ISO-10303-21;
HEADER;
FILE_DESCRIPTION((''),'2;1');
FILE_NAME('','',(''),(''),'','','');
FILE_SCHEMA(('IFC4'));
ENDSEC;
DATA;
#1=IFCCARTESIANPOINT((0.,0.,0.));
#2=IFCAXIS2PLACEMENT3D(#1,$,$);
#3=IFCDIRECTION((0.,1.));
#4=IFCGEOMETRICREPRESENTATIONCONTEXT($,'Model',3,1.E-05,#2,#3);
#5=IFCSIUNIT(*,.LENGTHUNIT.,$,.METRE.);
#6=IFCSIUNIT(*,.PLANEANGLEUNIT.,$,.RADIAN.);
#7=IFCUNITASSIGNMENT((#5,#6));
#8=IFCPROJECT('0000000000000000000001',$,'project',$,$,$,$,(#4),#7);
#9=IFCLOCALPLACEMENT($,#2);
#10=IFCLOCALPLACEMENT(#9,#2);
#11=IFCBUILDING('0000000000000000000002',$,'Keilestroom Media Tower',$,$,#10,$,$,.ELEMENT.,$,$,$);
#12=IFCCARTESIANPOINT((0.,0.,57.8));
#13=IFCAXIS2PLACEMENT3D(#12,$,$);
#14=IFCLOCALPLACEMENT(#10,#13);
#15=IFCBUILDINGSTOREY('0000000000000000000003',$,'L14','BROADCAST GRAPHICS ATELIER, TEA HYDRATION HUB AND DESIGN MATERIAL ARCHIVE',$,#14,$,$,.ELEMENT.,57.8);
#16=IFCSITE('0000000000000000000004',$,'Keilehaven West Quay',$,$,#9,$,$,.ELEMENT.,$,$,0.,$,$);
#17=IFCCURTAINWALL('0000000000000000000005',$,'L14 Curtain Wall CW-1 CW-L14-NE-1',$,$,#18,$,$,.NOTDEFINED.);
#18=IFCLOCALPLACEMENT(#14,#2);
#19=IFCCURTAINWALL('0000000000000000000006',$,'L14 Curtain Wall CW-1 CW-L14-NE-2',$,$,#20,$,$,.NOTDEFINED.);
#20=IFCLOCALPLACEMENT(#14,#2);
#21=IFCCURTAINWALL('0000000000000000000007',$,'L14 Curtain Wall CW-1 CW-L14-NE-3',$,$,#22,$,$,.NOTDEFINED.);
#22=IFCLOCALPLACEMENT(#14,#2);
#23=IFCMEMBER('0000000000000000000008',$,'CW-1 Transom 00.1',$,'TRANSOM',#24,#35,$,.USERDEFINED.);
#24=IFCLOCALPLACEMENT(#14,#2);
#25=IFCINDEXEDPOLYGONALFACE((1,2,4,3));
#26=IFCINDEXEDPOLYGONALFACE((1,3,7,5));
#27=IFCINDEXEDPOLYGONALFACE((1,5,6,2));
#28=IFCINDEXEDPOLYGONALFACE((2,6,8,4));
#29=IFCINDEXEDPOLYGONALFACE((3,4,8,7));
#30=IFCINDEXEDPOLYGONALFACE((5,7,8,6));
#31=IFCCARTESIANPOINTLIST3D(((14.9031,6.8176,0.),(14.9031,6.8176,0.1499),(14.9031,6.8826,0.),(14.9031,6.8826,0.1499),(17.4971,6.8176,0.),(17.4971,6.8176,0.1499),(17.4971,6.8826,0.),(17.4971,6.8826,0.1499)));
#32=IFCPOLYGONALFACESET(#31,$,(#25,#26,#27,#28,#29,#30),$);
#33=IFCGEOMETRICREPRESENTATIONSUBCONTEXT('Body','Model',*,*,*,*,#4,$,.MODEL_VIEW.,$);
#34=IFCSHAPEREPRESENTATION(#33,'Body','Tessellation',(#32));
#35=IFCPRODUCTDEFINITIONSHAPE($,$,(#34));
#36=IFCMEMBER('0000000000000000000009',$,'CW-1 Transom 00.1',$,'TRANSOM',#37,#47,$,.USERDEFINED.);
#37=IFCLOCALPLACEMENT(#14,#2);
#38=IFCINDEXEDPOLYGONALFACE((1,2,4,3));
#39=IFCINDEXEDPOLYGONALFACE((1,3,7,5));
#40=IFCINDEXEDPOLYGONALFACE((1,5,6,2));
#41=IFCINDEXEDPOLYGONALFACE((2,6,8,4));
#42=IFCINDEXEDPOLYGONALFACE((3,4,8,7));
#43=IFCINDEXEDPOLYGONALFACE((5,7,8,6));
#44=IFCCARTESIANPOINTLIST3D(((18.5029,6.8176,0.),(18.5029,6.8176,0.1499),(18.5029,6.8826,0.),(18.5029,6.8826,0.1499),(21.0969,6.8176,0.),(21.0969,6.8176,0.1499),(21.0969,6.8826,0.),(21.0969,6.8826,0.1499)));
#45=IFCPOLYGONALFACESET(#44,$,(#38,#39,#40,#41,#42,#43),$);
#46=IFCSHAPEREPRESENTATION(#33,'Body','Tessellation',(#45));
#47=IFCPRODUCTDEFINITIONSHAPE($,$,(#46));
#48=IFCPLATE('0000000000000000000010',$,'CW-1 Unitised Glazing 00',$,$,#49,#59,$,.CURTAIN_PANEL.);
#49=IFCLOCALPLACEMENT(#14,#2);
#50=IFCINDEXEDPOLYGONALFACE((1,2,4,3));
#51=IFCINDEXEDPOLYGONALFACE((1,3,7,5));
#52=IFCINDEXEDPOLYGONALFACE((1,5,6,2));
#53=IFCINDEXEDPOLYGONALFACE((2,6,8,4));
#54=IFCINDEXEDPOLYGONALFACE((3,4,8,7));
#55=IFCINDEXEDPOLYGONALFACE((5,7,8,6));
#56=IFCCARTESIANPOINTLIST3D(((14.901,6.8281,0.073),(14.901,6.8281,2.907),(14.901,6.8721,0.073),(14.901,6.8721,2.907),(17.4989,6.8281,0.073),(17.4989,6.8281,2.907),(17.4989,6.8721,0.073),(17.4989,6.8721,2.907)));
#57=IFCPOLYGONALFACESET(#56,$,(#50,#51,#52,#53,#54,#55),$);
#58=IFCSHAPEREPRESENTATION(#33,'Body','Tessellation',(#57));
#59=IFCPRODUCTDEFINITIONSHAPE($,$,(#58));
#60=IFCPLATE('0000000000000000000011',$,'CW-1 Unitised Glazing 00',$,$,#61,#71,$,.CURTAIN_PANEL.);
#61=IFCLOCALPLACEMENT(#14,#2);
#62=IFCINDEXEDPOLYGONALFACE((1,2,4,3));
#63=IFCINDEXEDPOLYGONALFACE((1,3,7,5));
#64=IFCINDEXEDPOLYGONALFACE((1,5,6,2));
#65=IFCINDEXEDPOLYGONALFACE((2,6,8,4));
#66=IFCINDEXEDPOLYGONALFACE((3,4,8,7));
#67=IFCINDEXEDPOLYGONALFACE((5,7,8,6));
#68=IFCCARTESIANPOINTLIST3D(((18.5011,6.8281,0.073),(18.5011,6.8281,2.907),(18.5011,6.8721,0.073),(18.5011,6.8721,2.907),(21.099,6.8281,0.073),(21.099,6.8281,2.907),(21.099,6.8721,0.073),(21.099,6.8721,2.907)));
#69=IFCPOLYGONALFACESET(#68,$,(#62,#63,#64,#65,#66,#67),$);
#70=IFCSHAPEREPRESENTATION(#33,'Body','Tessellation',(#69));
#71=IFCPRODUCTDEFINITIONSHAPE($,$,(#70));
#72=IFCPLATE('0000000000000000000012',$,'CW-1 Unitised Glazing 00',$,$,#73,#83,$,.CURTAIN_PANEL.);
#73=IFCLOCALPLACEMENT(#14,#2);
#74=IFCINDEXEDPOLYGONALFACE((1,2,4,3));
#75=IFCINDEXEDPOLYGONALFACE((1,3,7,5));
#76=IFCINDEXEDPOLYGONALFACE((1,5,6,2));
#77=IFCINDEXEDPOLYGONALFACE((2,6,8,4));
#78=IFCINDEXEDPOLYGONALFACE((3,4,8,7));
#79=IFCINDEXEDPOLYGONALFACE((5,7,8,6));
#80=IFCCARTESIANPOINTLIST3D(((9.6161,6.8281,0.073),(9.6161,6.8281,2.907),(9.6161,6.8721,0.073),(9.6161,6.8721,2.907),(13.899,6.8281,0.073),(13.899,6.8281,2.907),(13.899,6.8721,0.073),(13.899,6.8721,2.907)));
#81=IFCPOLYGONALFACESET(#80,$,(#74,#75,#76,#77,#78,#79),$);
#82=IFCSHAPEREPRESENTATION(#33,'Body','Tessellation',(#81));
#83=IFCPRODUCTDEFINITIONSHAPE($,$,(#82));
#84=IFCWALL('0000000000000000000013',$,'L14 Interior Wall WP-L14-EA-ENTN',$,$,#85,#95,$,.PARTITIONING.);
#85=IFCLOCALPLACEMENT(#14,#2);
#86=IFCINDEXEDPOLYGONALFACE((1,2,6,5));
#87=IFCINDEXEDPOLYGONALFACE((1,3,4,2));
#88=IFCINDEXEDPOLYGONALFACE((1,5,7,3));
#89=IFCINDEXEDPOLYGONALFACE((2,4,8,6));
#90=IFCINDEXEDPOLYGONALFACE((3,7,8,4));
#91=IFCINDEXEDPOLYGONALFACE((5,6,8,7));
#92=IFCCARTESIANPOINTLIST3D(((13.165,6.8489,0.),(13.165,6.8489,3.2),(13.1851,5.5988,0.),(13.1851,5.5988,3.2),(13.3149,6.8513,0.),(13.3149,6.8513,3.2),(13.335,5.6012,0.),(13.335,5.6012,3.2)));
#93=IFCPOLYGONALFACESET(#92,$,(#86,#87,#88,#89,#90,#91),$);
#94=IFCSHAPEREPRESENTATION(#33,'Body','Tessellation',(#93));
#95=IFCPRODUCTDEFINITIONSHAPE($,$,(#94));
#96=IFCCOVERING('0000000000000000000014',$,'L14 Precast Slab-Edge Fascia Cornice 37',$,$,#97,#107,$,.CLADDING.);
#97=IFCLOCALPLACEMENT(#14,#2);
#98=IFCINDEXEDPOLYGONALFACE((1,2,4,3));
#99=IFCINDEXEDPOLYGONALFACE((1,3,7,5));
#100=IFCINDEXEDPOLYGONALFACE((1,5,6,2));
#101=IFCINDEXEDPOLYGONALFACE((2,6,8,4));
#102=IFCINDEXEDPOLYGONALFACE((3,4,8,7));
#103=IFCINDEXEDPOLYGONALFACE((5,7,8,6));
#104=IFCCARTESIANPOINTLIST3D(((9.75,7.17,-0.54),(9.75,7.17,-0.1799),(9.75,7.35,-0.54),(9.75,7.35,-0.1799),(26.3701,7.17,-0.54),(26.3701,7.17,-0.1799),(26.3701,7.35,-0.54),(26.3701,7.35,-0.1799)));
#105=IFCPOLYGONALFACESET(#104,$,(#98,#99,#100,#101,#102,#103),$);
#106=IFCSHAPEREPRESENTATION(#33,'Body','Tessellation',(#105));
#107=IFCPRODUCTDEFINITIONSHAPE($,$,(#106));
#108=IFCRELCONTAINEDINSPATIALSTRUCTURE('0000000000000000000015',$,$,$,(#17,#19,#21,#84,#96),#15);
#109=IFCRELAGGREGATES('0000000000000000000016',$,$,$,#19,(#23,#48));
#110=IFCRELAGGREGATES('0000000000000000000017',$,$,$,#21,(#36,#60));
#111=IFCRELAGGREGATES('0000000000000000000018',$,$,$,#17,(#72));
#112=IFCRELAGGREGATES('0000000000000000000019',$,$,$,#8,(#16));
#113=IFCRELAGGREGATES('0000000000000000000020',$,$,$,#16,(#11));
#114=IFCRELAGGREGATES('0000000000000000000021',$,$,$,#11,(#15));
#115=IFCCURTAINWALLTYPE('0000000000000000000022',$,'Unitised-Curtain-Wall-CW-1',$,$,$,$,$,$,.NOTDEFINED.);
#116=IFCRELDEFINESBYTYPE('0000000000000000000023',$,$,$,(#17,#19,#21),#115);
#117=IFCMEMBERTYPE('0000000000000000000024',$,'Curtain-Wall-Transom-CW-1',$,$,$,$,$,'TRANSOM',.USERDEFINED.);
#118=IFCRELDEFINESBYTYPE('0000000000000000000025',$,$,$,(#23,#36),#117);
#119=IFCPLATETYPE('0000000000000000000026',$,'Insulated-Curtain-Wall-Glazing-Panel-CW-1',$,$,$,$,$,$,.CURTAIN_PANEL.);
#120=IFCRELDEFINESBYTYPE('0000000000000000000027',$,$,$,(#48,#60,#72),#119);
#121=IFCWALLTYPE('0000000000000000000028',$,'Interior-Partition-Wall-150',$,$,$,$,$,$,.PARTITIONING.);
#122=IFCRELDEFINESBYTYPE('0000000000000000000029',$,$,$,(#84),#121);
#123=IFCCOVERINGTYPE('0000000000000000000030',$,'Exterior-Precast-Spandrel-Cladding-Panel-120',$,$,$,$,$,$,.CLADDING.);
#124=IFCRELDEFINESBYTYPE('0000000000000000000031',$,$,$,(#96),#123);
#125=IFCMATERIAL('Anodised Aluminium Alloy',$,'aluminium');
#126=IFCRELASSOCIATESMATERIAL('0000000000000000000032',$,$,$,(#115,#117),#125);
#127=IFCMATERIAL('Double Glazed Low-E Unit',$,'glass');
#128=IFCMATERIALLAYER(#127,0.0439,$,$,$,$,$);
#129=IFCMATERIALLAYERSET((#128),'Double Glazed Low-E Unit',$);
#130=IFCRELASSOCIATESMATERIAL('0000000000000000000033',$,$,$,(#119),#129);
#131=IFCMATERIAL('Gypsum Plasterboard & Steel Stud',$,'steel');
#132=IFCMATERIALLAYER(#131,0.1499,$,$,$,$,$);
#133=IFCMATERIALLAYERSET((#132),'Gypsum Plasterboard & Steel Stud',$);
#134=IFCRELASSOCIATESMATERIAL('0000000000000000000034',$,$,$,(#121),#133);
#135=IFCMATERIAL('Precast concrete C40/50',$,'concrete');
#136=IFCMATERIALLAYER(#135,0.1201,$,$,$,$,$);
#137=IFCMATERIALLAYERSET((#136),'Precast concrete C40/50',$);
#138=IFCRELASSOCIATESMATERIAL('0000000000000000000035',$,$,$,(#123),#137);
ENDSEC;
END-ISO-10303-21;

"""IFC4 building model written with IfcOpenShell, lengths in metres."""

from ifc_helpers import new_model, si_unit, direction, frame, frame_2d, origin, origin_2d, place, context, subcontext, project, spatial, rectangle, extrude, source, transform, mapped, material, layer, layer_set, material_profile, profile_set, type_object, element, aggregate, save


model = new_model("IFC4")

# Units and contexts
model_context = context("Model", 3, precision=1e-05, world=origin(), true_north=direction((0.0, 1.0)))
body_context = subcontext(model_context, "Body", "Model", "MODEL_VIEW")
ifc_project = project(units=[si_unit("LENGTHUNIT", "METRE"), si_unit("PLANEANGLEUNIT", "RADIAN")], contexts=[model_context])

# Site, building, storey
site_placement = place(None, origin())
site = spatial("IfcSite", under=ifc_project, at=site_placement, Name="Keilehaven West Quay", CompositionType="ELEMENT", RefElevation=0.0)
building_placement = place(site_placement, origin())
building = spatial("IfcBuilding", under=site, at=building_placement, Name="Keilestroom Media Tower", CompositionType="ELEMENT")
storey_placement = place(building_placement, frame((0.0, 0.0, 57.8)))
storey = spatial("IfcBuildingStorey", under=building, at=storey_placement, Name="L14", Description="BROADCAST GRAPHICS ATELIER, TEA HYDRATION HUB AND DESIGN MATERIAL ARCHIVE", CompositionType="ELEMENT", Elevation=57.8)

# Shared definitions
ifc_material_1 = material(Name="Precast concrete C40/50", Category="concrete")

# Curtain wall
ifc_material_2 = material(Name="Anodised Aluminium Alloy", Category="aluminium")
curtain_wall_type = type_object("IfcCurtainWallType", Name="Unitised-Curtain-Wall-CW-1", PredefinedType="NOTDEFINED", material=ifc_material_2)
curtain_wall_1_placement = place(storey_placement, origin())
curtain_wall_1 = element("IfcCurtainWall", 1, at=curtain_wall_1_placement, inside=storey, type_object=curtain_wall_type, Name="L14 Curtain Wall CW-1 CW-L14-NE-1", PredefinedType="NOTDEFINED")

# Curtain walls
curtain_wall_2_placement = place(storey_placement, origin())
curtain_wall_2 = element("IfcCurtainWall", 2, at=curtain_wall_2_placement, inside=storey, type_object=curtain_wall_type, Name="L14 Curtain Wall CW-1 CW-L14-NE-2", PredefinedType="NOTDEFINED")
curtain_wall_3_placement = place(storey_placement, origin())
curtain_wall_3 = element("IfcCurtainWall", 3, at=curtain_wall_3_placement, inside=storey, type_object=curtain_wall_type, Name="L14 Curtain Wall CW-1 CW-L14-NE-3", PredefinedType="NOTDEFINED")

# Members
ifc_material_profile_1 = material_profile(ifc_material_2, rectangle(XDim=0.0649, YDim=0.1499, at=origin_2d()), Name="ALU TRANSOM 65x150")
ifc_profile_set_1 = profile_set([ifc_material_profile_1], Name="Anodised Aluminium Alloy")
member_type_1 = type_object("IfcMemberType", Name="Curtain-Wall-Transom-CW-1", ElementType="TRANSOM", PredefinedType="USERDEFINED", material=ifc_profile_set_1)
shared_shape_1 = source(origin(), body_context, "Body", "SweptSolid", [
    extrude(rectangle(XDim=0.0649, YDim=0.1499, at=origin_2d()), origin(), (0.0, 0.0, 1.0), 2.594),
])
member_1_placement = place(storey_placement, frame((14.9031, 6.8501, 0.075), z_axis=(1.0, 0.0, 0.0), x_axis=(0.0, 1.0, 0.0)))
member_1 = element("IfcMember", 4, at=member_1_placement, type_object=member_type_1, Name="CW-1 Transom 00.1", ObjectType="TRANSOM", PredefinedType="USERDEFINED", context=body_context, shape_type="MappedRepresentation", body=[
    mapped(shared_shape_1, transform((0.0, 0.0, 0.0), x_axis=(1.0, 0.0, 0.0), y_axis=(0.0, 1.0, 0.0), z_axis=(0.0, 0.0, 1.0), scale=1.0)),
])
member_2_placement = place(storey_placement, frame((18.5029, 6.8501, 0.075), z_axis=(1.0, 0.0, 0.0), x_axis=(0.0, 1.0, 0.0)))
member_2 = element("IfcMember", 5, at=member_2_placement, type_object=member_type_1, Name="CW-1 Transom 00.1", ObjectType="TRANSOM", PredefinedType="USERDEFINED", context=body_context, shape_type="MappedRepresentation", body=[
    mapped(shared_shape_1, transform((0.0, 0.0, 0.0), x_axis=(1.0, 0.0, 0.0), y_axis=(0.0, 1.0, 0.0), z_axis=(0.0, 0.0, 1.0), scale=1.0)),
])

# Plates
ifc_material_3 = material(Name="Double Glazed Low-E Unit", Category="glass")
ifc_layer_1 = layer(ifc_material_3, 0.0439)
ifc_layer_set_1 = layer_set([ifc_layer_1], Name="Double Glazed Low-E Unit")
plate_type = type_object("IfcPlateType", Name="Insulated-Curtain-Wall-Glazing-Panel-CW-1", PredefinedType="CURTAIN_PANEL", material=ifc_layer_set_1)
shared_shape_2 = source(origin(), body_context, "Body", "SweptSolid", [
    extrude(rectangle(XDim=2.5979, YDim=0.0439, at=origin_2d()), origin(), (0.0, 0.0, 1.0), 2.834),
])
plate_1_placement = place(storey_placement, frame((16.2, 6.8501, 0.073), z_axis=(0.0, 0.0, 1.0), x_axis=(1.0, 0.0, 0.0)))
plate_1 = element("IfcPlate", 6, at=plate_1_placement, type_object=plate_type, Name="CW-1 Unitised Glazing 00", PredefinedType="CURTAIN_PANEL", context=body_context, shape_type="MappedRepresentation", body=[
    mapped(shared_shape_2, transform((0.0, 0.0, 0.0), x_axis=(1.0, 0.0, 0.0), y_axis=(0.0, 1.0, 0.0), z_axis=(0.0, 0.0, 1.0), scale=1.0)),
])
aggregate(curtain_wall_2, [member_1, plate_1])
plate_2_placement = place(storey_placement, frame((19.8, 6.8501, 0.073), z_axis=(0.0, 0.0, 1.0), x_axis=(1.0, 0.0, 0.0)))
plate_2 = element("IfcPlate", 7, at=plate_2_placement, type_object=plate_type, Name="CW-1 Unitised Glazing 00", PredefinedType="CURTAIN_PANEL", context=body_context, shape_type="MappedRepresentation", body=[
    mapped(shared_shape_2, transform((0.0, 0.0, 0.0), x_axis=(1.0, 0.0, 0.0), y_axis=(0.0, 1.0, 0.0), z_axis=(0.0, 0.0, 1.0), scale=1.0)),
])
aggregate(curtain_wall_3, [member_2, plate_2])
shared_shape_3 = source(origin(), body_context, "Body", "SweptSolid", [
    extrude(rectangle(XDim=4.283, YDim=0.0439, at=origin_2d()), origin(), (0.0, 0.0, 1.0), 2.834),
])
plate_3_placement = place(storey_placement, frame((11.7576, 6.8501, 0.073), z_axis=(0.0, 0.0, 1.0), x_axis=(1.0, 0.0, 0.0)))
plate_3 = element("IfcPlate", 8, at=plate_3_placement, type_object=plate_type, Name="CW-1 Unitised Glazing 00", PredefinedType="CURTAIN_PANEL", context=body_context, shape_type="MappedRepresentation", body=[
    mapped(shared_shape_3, transform((0.0, 0.0, 0.0), x_axis=(1.0, 0.0, 0.0), y_axis=(0.0, 1.0, 0.0), z_axis=(0.0, 0.0, 1.0), scale=1.0)),
])
aggregate(curtain_wall_1, [plate_3])

# Wall
ifc_material_4 = material(Name="Gypsum Plasterboard & Steel Stud", Category="steel")
ifc_layer_2 = layer(ifc_material_4, 0.1499)
ifc_layer_set_2 = layer_set([ifc_layer_2], Name="Gypsum Plasterboard & Steel Stud")
wall_type = type_object("IfcWallType", Name="Interior-Partition-Wall-150", PredefinedType="PARTITIONING", material=ifc_layer_set_2)
wall_placement = place(storey_placement, frame((13.26, 5.6001, 0.0), z_axis=(0.0, 0.0, 1.0), x_axis=(-0.016014, 0.999872, 0.0)))
element("IfcWall", 9, at=wall_placement, inside=storey, type_object=wall_type, Name="L14 Interior Wall WP-L14-EA-ENTN", PredefinedType="PARTITIONING", context=body_context, shape_type="SweptSolid", body=[
    extrude(rectangle(XDim=1.2502, YDim=0.1499, at=frame_2d((0.625, 0.0))), origin(), (0.0, 0.0, 1.0), 3.2),
])

# Covering
ifc_layer_3 = layer(ifc_material_1, 0.1201)
ifc_layer_set_3 = layer_set([ifc_layer_3], Name="Precast concrete C40/50")
covering_type = type_object("IfcCoveringType", Name="Exterior-Precast-Spandrel-Cladding-Panel-120", PredefinedType="CLADDING", material=ifc_layer_set_3)
shared_shape_4 = source(origin(), body_context, "Body", "SweptSolid", [
    extrude(rectangle(XDim=16.6201, YDim=0.1799, at=origin_2d()), origin(), (0.0, 0.0, 1.0), 0.3601),
])
covering_placement = place(storey_placement, frame((18.0601, 7.26, -0.54), z_axis=(0.0, 0.0, 1.0), x_axis=(1.0, 0.0, 0.0)))
element("IfcCovering", 10, at=covering_placement, inside=storey, type_object=covering_type, Name="L14 Precast Slab-Edge Fascia Cornice 37", PredefinedType="CLADDING", context=body_context, shape_type="MappedRepresentation", body=[
    mapped(shared_shape_4, transform((0.0, 0.0, 0.0), x_axis=(1.0, 0.0, 0.0), y_axis=(0.0, 1.0, 0.0), z_axis=(0.0, 0.0, 1.0), scale=1.0)),
])

save(model, "model.ifc")
